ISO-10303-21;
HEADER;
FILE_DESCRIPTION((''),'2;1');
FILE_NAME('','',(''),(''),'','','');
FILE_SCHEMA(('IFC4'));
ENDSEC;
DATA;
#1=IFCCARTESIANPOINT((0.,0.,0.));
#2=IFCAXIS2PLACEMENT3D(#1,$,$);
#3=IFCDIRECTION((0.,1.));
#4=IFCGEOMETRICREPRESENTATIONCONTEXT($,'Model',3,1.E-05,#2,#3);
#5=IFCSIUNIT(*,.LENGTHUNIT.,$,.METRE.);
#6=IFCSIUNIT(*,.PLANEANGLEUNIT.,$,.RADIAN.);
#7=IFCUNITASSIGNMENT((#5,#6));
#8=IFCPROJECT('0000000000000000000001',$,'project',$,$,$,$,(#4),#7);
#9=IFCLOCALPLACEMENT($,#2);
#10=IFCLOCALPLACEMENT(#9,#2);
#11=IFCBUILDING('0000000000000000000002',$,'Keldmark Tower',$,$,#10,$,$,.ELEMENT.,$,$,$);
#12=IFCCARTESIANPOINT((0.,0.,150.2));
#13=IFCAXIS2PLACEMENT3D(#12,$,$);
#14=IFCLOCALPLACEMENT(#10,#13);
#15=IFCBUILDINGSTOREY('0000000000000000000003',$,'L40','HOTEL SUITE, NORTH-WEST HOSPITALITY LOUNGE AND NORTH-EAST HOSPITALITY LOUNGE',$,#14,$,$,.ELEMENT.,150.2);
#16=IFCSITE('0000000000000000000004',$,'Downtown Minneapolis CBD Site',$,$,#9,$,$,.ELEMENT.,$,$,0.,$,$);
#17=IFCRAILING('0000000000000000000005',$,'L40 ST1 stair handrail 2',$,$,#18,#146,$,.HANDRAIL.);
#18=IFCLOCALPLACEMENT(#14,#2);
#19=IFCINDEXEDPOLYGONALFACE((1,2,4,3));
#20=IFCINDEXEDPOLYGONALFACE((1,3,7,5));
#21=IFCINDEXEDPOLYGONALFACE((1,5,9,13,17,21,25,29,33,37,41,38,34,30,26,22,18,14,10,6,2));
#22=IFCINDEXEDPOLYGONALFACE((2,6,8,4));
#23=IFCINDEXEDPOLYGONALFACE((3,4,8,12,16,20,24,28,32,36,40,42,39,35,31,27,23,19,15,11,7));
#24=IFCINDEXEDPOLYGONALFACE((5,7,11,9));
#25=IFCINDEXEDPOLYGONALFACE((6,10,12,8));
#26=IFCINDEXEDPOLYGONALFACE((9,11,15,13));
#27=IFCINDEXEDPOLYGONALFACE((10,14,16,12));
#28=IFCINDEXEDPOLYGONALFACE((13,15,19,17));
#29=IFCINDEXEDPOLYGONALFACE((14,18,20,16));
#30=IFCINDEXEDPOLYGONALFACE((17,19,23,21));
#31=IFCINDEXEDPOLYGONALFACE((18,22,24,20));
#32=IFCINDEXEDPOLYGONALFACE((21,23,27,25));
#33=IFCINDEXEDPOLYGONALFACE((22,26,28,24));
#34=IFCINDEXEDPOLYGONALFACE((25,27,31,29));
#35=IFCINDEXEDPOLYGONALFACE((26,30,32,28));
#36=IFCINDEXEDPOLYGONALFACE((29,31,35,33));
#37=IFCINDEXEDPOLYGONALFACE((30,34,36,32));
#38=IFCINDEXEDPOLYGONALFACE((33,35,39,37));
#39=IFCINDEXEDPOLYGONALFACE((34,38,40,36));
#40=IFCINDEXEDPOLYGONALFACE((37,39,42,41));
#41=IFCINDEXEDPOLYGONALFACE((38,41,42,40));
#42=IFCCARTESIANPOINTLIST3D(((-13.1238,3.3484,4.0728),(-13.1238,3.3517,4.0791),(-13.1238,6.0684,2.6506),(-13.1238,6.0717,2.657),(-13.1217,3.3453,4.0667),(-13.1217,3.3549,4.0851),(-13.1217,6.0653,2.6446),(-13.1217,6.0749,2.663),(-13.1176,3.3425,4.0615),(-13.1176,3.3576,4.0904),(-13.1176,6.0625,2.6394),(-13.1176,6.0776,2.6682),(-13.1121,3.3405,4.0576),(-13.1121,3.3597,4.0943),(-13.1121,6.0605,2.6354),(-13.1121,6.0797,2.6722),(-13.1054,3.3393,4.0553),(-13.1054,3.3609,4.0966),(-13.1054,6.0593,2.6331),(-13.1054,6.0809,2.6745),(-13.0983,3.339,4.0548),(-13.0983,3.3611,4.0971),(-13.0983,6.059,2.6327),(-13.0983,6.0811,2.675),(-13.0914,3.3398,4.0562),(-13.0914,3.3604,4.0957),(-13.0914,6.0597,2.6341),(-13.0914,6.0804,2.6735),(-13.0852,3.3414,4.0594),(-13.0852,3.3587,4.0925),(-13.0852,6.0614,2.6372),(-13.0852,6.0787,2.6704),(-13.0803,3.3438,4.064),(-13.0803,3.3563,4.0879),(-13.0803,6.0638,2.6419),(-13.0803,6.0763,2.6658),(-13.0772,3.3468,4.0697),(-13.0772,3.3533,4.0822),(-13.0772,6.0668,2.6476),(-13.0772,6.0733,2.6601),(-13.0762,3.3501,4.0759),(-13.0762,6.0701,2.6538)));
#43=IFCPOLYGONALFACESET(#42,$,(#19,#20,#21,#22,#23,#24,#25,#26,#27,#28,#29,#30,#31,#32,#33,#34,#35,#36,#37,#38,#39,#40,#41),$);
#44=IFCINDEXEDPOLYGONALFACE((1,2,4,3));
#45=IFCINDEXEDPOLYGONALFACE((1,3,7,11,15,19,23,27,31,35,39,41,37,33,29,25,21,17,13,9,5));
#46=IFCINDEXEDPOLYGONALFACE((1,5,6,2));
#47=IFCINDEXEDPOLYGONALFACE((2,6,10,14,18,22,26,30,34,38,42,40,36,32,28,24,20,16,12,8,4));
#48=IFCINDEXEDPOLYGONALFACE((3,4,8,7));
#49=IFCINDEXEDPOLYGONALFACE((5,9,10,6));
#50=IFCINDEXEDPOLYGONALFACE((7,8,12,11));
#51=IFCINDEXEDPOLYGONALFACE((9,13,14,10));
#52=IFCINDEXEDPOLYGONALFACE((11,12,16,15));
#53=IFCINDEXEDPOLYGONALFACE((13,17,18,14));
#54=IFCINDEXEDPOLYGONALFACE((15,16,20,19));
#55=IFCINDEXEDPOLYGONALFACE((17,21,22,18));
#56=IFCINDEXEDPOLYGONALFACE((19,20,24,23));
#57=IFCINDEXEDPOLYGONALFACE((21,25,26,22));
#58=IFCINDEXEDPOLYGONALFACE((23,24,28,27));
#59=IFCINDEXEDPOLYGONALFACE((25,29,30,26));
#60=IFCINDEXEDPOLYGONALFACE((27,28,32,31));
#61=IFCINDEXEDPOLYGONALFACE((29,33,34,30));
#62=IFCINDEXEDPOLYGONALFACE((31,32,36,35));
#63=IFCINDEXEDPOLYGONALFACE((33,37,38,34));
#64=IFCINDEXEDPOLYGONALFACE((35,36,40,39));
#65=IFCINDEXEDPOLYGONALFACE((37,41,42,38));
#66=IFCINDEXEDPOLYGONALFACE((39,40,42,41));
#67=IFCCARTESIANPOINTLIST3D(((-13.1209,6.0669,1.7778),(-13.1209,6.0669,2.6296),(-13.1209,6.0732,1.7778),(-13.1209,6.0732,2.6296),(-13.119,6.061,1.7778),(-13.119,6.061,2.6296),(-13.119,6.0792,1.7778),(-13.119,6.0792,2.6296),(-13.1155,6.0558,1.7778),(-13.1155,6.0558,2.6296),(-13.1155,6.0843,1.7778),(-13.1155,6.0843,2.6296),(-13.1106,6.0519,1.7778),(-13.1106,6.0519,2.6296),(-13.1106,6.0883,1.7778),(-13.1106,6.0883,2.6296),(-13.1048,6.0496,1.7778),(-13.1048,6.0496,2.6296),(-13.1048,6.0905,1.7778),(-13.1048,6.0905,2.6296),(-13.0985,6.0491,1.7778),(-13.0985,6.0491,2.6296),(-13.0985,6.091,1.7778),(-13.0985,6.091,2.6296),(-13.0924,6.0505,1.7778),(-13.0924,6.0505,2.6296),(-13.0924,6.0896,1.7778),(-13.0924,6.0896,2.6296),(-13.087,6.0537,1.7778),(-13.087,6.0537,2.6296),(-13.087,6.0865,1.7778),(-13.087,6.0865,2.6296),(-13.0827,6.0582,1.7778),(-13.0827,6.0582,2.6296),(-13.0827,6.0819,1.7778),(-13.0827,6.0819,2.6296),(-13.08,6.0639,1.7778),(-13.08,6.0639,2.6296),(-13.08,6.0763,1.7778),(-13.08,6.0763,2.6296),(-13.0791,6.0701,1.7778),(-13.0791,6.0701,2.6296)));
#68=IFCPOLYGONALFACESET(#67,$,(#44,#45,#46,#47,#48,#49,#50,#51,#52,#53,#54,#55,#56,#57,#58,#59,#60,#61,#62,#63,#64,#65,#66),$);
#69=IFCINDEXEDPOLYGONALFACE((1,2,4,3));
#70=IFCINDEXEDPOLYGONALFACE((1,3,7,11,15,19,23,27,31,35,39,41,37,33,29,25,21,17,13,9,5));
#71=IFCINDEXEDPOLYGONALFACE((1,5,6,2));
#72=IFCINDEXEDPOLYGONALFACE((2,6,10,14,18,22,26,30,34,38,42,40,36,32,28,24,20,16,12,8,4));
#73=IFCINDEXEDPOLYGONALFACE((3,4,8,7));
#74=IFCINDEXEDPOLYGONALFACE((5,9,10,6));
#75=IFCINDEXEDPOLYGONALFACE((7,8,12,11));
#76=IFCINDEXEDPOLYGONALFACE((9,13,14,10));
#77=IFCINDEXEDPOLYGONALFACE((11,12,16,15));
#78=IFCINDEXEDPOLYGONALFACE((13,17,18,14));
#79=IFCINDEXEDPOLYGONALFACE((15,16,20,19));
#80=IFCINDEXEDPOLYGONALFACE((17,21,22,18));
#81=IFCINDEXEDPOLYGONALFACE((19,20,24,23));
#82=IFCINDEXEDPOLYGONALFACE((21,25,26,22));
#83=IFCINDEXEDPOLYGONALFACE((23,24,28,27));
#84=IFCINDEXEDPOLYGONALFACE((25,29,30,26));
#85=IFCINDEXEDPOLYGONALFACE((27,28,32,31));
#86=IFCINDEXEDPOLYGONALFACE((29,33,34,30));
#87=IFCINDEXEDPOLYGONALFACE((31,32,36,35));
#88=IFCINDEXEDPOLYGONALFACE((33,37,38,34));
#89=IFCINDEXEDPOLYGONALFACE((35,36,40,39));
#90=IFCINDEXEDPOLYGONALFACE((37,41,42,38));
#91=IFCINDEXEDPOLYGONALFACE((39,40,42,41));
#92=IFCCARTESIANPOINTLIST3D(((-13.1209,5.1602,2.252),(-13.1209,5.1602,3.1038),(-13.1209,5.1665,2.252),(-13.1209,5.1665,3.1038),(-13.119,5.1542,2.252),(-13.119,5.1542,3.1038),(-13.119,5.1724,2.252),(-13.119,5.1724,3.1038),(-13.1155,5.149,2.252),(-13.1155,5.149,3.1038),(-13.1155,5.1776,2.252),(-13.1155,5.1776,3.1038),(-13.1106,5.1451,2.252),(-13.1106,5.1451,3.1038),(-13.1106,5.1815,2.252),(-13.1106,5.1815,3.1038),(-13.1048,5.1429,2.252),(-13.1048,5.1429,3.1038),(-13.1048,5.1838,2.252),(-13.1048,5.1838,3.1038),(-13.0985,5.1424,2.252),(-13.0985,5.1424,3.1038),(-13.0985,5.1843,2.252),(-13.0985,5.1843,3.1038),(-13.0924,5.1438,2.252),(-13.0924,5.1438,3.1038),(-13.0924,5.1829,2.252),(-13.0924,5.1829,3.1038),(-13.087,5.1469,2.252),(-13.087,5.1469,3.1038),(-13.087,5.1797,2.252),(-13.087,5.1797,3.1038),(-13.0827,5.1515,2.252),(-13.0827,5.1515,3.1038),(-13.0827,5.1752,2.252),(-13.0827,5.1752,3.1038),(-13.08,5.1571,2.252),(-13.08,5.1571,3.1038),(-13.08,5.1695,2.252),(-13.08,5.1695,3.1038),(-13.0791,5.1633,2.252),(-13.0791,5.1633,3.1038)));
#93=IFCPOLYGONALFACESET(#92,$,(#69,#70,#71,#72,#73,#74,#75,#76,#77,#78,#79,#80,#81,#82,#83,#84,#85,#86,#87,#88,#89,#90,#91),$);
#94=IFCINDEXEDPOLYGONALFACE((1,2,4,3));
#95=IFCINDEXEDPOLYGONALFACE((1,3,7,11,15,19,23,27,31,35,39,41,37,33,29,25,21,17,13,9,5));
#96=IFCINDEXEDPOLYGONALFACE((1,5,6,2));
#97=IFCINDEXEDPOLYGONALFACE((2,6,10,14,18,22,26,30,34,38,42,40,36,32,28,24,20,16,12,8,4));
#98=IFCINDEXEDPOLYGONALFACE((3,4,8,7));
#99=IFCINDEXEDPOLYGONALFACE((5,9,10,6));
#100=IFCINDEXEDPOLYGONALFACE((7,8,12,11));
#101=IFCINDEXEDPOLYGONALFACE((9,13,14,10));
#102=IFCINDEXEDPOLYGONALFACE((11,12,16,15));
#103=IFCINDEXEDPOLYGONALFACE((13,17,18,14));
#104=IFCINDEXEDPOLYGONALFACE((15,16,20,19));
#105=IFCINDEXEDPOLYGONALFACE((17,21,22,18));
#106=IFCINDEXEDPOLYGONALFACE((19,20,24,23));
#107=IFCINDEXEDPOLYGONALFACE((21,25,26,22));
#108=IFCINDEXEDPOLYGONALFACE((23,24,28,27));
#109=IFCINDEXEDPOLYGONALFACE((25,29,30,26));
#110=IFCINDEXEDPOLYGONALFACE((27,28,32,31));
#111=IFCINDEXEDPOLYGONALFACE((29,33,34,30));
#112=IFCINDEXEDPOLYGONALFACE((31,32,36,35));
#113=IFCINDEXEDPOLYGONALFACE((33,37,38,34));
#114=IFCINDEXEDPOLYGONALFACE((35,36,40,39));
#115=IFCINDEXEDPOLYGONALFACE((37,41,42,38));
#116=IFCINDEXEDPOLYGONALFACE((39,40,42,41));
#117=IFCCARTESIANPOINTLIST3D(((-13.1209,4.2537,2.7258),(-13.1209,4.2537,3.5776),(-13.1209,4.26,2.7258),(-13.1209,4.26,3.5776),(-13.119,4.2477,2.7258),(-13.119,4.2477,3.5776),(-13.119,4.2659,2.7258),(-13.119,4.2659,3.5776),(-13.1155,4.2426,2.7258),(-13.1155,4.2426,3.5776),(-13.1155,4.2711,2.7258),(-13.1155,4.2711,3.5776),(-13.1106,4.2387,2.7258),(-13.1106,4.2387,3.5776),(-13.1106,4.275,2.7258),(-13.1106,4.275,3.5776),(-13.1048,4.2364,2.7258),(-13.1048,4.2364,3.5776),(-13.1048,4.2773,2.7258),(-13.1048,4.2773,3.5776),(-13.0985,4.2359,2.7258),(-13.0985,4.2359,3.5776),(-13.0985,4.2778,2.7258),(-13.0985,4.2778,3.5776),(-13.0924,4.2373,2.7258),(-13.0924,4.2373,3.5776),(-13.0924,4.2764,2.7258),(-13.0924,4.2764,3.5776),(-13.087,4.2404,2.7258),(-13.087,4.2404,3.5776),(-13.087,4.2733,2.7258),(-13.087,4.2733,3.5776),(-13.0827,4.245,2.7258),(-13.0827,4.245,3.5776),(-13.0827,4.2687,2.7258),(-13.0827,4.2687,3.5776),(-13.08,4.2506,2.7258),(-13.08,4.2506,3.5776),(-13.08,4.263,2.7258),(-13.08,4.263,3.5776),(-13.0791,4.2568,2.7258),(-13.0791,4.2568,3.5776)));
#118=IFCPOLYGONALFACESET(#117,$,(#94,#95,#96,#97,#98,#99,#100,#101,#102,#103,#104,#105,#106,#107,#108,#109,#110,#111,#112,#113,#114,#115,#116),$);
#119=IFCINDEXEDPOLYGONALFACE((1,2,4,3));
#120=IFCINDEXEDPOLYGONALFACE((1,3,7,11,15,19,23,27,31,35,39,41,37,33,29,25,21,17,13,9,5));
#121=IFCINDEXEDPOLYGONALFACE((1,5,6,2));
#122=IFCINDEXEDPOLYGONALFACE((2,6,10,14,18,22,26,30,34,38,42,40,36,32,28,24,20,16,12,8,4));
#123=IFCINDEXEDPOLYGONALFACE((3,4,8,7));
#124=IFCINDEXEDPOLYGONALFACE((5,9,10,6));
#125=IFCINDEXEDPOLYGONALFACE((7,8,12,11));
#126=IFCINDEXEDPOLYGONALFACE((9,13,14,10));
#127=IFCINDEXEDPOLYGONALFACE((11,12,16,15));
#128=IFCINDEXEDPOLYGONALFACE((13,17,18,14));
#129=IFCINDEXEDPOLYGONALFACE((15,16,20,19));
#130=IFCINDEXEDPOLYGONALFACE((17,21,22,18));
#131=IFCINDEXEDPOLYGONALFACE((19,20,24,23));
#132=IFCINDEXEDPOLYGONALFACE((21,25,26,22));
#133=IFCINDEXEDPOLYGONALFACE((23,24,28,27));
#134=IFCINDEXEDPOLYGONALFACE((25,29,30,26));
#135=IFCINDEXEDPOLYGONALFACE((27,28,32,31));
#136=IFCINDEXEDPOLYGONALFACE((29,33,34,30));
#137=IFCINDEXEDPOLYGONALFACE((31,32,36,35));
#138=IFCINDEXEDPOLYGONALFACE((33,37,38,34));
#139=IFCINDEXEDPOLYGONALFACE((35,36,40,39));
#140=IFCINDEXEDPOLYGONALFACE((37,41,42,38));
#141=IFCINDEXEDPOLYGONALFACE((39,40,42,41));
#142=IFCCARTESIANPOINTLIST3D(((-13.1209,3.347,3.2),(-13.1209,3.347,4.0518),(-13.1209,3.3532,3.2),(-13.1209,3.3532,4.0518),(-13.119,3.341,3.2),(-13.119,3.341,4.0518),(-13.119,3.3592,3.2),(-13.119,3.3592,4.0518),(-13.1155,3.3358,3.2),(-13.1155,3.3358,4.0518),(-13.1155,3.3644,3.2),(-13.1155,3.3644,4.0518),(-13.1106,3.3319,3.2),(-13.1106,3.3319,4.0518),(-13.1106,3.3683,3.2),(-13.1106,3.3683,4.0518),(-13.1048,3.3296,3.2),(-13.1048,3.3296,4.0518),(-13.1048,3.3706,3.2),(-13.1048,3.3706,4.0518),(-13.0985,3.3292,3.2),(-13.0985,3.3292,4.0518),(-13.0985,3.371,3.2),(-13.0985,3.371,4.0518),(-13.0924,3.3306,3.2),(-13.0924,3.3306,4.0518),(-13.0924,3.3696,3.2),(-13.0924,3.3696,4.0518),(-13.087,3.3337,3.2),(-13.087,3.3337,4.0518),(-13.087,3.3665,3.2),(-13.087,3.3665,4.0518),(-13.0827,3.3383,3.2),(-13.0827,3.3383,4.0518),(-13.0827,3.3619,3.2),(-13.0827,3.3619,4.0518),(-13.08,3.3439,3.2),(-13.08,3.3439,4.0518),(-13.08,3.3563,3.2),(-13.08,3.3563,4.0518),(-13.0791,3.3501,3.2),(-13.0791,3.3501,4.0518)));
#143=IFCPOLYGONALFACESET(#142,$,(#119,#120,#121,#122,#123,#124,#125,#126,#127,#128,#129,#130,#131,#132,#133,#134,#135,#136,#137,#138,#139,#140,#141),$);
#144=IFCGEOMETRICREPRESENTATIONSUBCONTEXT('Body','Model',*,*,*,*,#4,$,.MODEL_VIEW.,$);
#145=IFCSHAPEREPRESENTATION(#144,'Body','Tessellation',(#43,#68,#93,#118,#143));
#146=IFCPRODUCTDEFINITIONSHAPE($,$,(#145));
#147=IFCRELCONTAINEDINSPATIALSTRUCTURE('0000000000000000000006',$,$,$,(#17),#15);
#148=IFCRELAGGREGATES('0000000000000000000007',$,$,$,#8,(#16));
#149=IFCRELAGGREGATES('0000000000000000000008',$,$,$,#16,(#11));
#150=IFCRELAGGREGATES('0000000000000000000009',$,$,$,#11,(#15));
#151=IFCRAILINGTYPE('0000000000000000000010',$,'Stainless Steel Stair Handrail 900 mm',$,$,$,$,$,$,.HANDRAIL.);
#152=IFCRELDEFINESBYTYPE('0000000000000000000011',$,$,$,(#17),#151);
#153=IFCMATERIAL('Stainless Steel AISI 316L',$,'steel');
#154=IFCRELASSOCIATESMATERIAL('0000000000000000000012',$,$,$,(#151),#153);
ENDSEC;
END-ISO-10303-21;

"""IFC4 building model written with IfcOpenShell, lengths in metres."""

from ifc_helpers import new_model, si_unit, direction, frame, origin, origin_2d, place, context, subcontext, project, spatial, circle, extrude, material, type_object, element, save


model = new_model("IFC4")

# Units and contexts
model_context = context("Model", 3, precision=1e-05, world=origin(), true_north=direction((0.0, 1.0)))
body_context = subcontext(model_context, "Body", "Model", "MODEL_VIEW")
ifc_project = project(units=[si_unit("LENGTHUNIT", "METRE"), si_unit("PLANEANGLEUNIT", "RADIAN")], contexts=[model_context])

# Site, building, storey
site_placement = place(None, origin())
site = spatial("IfcSite", under=ifc_project, at=site_placement, Name="Downtown Minneapolis CBD Site", CompositionType="ELEMENT", RefElevation=0.0)
building_placement = place(site_placement, origin())
building = spatial("IfcBuilding", under=site, at=building_placement, Name="Keldmark Tower", CompositionType="ELEMENT")
storey_placement = place(building_placement, frame((0.0, 0.0, 150.2)))
storey = spatial("IfcBuildingStorey", under=building, at=storey_placement, Name="L40", Description="HOTEL SUITE, NORTH-WEST HOSPITALITY LOUNGE AND NORTH-EAST HOSPITALITY LOUNGE", CompositionType="ELEMENT", Elevation=150.2)

# Railing
ifc_material_1 = material(Name="Stainless Steel AISI 316L", Category="steel")
railing_type = type_object("IfcRailingType", Name="Stainless Steel Stair Handrail 900 mm", PredefinedType="HANDRAIL", material=ifc_material_1)
railing_placement = place(storey_placement, frame((-13.1001, 6.0701, 1.7778)))
element("IfcRailing", 1, at=railing_placement, inside=storey, type_object=railing_type, Name="L40 ST1 stair handrail 2", PredefinedType="HANDRAIL", context=body_context, shape_type="SweptSolid", body=[
    extrude(circle(Radius=0.0239, at=origin_2d()), frame((0.0, 0.0, 0.876), z_axis=(0.0, -0.886183, 0.463335), x_axis=(1.0, 0.0, 0.0)), (0.0, 0.0, 1.0), 3.0693),
    extrude(circle(Radius=0.021, at=origin_2d()), origin(), (0.0, 0.0, 1.0), 0.8518),
    extrude(circle(Radius=0.021, at=origin_2d()), frame((0.0, -0.9067, 0.4741)), (0.0, 0.0, 1.0), 0.8518),
    extrude(circle(Radius=0.021, at=origin_2d()), frame((0.0, -1.8132, 0.948)), (0.0, 0.0, 1.0), 0.8518),
    extrude(circle(Radius=0.021, at=origin_2d()), frame((0.0, -2.72, 1.4221)), (0.0, 0.0, 1.0), 0.8518),
])

save(model, "model.ifc")
